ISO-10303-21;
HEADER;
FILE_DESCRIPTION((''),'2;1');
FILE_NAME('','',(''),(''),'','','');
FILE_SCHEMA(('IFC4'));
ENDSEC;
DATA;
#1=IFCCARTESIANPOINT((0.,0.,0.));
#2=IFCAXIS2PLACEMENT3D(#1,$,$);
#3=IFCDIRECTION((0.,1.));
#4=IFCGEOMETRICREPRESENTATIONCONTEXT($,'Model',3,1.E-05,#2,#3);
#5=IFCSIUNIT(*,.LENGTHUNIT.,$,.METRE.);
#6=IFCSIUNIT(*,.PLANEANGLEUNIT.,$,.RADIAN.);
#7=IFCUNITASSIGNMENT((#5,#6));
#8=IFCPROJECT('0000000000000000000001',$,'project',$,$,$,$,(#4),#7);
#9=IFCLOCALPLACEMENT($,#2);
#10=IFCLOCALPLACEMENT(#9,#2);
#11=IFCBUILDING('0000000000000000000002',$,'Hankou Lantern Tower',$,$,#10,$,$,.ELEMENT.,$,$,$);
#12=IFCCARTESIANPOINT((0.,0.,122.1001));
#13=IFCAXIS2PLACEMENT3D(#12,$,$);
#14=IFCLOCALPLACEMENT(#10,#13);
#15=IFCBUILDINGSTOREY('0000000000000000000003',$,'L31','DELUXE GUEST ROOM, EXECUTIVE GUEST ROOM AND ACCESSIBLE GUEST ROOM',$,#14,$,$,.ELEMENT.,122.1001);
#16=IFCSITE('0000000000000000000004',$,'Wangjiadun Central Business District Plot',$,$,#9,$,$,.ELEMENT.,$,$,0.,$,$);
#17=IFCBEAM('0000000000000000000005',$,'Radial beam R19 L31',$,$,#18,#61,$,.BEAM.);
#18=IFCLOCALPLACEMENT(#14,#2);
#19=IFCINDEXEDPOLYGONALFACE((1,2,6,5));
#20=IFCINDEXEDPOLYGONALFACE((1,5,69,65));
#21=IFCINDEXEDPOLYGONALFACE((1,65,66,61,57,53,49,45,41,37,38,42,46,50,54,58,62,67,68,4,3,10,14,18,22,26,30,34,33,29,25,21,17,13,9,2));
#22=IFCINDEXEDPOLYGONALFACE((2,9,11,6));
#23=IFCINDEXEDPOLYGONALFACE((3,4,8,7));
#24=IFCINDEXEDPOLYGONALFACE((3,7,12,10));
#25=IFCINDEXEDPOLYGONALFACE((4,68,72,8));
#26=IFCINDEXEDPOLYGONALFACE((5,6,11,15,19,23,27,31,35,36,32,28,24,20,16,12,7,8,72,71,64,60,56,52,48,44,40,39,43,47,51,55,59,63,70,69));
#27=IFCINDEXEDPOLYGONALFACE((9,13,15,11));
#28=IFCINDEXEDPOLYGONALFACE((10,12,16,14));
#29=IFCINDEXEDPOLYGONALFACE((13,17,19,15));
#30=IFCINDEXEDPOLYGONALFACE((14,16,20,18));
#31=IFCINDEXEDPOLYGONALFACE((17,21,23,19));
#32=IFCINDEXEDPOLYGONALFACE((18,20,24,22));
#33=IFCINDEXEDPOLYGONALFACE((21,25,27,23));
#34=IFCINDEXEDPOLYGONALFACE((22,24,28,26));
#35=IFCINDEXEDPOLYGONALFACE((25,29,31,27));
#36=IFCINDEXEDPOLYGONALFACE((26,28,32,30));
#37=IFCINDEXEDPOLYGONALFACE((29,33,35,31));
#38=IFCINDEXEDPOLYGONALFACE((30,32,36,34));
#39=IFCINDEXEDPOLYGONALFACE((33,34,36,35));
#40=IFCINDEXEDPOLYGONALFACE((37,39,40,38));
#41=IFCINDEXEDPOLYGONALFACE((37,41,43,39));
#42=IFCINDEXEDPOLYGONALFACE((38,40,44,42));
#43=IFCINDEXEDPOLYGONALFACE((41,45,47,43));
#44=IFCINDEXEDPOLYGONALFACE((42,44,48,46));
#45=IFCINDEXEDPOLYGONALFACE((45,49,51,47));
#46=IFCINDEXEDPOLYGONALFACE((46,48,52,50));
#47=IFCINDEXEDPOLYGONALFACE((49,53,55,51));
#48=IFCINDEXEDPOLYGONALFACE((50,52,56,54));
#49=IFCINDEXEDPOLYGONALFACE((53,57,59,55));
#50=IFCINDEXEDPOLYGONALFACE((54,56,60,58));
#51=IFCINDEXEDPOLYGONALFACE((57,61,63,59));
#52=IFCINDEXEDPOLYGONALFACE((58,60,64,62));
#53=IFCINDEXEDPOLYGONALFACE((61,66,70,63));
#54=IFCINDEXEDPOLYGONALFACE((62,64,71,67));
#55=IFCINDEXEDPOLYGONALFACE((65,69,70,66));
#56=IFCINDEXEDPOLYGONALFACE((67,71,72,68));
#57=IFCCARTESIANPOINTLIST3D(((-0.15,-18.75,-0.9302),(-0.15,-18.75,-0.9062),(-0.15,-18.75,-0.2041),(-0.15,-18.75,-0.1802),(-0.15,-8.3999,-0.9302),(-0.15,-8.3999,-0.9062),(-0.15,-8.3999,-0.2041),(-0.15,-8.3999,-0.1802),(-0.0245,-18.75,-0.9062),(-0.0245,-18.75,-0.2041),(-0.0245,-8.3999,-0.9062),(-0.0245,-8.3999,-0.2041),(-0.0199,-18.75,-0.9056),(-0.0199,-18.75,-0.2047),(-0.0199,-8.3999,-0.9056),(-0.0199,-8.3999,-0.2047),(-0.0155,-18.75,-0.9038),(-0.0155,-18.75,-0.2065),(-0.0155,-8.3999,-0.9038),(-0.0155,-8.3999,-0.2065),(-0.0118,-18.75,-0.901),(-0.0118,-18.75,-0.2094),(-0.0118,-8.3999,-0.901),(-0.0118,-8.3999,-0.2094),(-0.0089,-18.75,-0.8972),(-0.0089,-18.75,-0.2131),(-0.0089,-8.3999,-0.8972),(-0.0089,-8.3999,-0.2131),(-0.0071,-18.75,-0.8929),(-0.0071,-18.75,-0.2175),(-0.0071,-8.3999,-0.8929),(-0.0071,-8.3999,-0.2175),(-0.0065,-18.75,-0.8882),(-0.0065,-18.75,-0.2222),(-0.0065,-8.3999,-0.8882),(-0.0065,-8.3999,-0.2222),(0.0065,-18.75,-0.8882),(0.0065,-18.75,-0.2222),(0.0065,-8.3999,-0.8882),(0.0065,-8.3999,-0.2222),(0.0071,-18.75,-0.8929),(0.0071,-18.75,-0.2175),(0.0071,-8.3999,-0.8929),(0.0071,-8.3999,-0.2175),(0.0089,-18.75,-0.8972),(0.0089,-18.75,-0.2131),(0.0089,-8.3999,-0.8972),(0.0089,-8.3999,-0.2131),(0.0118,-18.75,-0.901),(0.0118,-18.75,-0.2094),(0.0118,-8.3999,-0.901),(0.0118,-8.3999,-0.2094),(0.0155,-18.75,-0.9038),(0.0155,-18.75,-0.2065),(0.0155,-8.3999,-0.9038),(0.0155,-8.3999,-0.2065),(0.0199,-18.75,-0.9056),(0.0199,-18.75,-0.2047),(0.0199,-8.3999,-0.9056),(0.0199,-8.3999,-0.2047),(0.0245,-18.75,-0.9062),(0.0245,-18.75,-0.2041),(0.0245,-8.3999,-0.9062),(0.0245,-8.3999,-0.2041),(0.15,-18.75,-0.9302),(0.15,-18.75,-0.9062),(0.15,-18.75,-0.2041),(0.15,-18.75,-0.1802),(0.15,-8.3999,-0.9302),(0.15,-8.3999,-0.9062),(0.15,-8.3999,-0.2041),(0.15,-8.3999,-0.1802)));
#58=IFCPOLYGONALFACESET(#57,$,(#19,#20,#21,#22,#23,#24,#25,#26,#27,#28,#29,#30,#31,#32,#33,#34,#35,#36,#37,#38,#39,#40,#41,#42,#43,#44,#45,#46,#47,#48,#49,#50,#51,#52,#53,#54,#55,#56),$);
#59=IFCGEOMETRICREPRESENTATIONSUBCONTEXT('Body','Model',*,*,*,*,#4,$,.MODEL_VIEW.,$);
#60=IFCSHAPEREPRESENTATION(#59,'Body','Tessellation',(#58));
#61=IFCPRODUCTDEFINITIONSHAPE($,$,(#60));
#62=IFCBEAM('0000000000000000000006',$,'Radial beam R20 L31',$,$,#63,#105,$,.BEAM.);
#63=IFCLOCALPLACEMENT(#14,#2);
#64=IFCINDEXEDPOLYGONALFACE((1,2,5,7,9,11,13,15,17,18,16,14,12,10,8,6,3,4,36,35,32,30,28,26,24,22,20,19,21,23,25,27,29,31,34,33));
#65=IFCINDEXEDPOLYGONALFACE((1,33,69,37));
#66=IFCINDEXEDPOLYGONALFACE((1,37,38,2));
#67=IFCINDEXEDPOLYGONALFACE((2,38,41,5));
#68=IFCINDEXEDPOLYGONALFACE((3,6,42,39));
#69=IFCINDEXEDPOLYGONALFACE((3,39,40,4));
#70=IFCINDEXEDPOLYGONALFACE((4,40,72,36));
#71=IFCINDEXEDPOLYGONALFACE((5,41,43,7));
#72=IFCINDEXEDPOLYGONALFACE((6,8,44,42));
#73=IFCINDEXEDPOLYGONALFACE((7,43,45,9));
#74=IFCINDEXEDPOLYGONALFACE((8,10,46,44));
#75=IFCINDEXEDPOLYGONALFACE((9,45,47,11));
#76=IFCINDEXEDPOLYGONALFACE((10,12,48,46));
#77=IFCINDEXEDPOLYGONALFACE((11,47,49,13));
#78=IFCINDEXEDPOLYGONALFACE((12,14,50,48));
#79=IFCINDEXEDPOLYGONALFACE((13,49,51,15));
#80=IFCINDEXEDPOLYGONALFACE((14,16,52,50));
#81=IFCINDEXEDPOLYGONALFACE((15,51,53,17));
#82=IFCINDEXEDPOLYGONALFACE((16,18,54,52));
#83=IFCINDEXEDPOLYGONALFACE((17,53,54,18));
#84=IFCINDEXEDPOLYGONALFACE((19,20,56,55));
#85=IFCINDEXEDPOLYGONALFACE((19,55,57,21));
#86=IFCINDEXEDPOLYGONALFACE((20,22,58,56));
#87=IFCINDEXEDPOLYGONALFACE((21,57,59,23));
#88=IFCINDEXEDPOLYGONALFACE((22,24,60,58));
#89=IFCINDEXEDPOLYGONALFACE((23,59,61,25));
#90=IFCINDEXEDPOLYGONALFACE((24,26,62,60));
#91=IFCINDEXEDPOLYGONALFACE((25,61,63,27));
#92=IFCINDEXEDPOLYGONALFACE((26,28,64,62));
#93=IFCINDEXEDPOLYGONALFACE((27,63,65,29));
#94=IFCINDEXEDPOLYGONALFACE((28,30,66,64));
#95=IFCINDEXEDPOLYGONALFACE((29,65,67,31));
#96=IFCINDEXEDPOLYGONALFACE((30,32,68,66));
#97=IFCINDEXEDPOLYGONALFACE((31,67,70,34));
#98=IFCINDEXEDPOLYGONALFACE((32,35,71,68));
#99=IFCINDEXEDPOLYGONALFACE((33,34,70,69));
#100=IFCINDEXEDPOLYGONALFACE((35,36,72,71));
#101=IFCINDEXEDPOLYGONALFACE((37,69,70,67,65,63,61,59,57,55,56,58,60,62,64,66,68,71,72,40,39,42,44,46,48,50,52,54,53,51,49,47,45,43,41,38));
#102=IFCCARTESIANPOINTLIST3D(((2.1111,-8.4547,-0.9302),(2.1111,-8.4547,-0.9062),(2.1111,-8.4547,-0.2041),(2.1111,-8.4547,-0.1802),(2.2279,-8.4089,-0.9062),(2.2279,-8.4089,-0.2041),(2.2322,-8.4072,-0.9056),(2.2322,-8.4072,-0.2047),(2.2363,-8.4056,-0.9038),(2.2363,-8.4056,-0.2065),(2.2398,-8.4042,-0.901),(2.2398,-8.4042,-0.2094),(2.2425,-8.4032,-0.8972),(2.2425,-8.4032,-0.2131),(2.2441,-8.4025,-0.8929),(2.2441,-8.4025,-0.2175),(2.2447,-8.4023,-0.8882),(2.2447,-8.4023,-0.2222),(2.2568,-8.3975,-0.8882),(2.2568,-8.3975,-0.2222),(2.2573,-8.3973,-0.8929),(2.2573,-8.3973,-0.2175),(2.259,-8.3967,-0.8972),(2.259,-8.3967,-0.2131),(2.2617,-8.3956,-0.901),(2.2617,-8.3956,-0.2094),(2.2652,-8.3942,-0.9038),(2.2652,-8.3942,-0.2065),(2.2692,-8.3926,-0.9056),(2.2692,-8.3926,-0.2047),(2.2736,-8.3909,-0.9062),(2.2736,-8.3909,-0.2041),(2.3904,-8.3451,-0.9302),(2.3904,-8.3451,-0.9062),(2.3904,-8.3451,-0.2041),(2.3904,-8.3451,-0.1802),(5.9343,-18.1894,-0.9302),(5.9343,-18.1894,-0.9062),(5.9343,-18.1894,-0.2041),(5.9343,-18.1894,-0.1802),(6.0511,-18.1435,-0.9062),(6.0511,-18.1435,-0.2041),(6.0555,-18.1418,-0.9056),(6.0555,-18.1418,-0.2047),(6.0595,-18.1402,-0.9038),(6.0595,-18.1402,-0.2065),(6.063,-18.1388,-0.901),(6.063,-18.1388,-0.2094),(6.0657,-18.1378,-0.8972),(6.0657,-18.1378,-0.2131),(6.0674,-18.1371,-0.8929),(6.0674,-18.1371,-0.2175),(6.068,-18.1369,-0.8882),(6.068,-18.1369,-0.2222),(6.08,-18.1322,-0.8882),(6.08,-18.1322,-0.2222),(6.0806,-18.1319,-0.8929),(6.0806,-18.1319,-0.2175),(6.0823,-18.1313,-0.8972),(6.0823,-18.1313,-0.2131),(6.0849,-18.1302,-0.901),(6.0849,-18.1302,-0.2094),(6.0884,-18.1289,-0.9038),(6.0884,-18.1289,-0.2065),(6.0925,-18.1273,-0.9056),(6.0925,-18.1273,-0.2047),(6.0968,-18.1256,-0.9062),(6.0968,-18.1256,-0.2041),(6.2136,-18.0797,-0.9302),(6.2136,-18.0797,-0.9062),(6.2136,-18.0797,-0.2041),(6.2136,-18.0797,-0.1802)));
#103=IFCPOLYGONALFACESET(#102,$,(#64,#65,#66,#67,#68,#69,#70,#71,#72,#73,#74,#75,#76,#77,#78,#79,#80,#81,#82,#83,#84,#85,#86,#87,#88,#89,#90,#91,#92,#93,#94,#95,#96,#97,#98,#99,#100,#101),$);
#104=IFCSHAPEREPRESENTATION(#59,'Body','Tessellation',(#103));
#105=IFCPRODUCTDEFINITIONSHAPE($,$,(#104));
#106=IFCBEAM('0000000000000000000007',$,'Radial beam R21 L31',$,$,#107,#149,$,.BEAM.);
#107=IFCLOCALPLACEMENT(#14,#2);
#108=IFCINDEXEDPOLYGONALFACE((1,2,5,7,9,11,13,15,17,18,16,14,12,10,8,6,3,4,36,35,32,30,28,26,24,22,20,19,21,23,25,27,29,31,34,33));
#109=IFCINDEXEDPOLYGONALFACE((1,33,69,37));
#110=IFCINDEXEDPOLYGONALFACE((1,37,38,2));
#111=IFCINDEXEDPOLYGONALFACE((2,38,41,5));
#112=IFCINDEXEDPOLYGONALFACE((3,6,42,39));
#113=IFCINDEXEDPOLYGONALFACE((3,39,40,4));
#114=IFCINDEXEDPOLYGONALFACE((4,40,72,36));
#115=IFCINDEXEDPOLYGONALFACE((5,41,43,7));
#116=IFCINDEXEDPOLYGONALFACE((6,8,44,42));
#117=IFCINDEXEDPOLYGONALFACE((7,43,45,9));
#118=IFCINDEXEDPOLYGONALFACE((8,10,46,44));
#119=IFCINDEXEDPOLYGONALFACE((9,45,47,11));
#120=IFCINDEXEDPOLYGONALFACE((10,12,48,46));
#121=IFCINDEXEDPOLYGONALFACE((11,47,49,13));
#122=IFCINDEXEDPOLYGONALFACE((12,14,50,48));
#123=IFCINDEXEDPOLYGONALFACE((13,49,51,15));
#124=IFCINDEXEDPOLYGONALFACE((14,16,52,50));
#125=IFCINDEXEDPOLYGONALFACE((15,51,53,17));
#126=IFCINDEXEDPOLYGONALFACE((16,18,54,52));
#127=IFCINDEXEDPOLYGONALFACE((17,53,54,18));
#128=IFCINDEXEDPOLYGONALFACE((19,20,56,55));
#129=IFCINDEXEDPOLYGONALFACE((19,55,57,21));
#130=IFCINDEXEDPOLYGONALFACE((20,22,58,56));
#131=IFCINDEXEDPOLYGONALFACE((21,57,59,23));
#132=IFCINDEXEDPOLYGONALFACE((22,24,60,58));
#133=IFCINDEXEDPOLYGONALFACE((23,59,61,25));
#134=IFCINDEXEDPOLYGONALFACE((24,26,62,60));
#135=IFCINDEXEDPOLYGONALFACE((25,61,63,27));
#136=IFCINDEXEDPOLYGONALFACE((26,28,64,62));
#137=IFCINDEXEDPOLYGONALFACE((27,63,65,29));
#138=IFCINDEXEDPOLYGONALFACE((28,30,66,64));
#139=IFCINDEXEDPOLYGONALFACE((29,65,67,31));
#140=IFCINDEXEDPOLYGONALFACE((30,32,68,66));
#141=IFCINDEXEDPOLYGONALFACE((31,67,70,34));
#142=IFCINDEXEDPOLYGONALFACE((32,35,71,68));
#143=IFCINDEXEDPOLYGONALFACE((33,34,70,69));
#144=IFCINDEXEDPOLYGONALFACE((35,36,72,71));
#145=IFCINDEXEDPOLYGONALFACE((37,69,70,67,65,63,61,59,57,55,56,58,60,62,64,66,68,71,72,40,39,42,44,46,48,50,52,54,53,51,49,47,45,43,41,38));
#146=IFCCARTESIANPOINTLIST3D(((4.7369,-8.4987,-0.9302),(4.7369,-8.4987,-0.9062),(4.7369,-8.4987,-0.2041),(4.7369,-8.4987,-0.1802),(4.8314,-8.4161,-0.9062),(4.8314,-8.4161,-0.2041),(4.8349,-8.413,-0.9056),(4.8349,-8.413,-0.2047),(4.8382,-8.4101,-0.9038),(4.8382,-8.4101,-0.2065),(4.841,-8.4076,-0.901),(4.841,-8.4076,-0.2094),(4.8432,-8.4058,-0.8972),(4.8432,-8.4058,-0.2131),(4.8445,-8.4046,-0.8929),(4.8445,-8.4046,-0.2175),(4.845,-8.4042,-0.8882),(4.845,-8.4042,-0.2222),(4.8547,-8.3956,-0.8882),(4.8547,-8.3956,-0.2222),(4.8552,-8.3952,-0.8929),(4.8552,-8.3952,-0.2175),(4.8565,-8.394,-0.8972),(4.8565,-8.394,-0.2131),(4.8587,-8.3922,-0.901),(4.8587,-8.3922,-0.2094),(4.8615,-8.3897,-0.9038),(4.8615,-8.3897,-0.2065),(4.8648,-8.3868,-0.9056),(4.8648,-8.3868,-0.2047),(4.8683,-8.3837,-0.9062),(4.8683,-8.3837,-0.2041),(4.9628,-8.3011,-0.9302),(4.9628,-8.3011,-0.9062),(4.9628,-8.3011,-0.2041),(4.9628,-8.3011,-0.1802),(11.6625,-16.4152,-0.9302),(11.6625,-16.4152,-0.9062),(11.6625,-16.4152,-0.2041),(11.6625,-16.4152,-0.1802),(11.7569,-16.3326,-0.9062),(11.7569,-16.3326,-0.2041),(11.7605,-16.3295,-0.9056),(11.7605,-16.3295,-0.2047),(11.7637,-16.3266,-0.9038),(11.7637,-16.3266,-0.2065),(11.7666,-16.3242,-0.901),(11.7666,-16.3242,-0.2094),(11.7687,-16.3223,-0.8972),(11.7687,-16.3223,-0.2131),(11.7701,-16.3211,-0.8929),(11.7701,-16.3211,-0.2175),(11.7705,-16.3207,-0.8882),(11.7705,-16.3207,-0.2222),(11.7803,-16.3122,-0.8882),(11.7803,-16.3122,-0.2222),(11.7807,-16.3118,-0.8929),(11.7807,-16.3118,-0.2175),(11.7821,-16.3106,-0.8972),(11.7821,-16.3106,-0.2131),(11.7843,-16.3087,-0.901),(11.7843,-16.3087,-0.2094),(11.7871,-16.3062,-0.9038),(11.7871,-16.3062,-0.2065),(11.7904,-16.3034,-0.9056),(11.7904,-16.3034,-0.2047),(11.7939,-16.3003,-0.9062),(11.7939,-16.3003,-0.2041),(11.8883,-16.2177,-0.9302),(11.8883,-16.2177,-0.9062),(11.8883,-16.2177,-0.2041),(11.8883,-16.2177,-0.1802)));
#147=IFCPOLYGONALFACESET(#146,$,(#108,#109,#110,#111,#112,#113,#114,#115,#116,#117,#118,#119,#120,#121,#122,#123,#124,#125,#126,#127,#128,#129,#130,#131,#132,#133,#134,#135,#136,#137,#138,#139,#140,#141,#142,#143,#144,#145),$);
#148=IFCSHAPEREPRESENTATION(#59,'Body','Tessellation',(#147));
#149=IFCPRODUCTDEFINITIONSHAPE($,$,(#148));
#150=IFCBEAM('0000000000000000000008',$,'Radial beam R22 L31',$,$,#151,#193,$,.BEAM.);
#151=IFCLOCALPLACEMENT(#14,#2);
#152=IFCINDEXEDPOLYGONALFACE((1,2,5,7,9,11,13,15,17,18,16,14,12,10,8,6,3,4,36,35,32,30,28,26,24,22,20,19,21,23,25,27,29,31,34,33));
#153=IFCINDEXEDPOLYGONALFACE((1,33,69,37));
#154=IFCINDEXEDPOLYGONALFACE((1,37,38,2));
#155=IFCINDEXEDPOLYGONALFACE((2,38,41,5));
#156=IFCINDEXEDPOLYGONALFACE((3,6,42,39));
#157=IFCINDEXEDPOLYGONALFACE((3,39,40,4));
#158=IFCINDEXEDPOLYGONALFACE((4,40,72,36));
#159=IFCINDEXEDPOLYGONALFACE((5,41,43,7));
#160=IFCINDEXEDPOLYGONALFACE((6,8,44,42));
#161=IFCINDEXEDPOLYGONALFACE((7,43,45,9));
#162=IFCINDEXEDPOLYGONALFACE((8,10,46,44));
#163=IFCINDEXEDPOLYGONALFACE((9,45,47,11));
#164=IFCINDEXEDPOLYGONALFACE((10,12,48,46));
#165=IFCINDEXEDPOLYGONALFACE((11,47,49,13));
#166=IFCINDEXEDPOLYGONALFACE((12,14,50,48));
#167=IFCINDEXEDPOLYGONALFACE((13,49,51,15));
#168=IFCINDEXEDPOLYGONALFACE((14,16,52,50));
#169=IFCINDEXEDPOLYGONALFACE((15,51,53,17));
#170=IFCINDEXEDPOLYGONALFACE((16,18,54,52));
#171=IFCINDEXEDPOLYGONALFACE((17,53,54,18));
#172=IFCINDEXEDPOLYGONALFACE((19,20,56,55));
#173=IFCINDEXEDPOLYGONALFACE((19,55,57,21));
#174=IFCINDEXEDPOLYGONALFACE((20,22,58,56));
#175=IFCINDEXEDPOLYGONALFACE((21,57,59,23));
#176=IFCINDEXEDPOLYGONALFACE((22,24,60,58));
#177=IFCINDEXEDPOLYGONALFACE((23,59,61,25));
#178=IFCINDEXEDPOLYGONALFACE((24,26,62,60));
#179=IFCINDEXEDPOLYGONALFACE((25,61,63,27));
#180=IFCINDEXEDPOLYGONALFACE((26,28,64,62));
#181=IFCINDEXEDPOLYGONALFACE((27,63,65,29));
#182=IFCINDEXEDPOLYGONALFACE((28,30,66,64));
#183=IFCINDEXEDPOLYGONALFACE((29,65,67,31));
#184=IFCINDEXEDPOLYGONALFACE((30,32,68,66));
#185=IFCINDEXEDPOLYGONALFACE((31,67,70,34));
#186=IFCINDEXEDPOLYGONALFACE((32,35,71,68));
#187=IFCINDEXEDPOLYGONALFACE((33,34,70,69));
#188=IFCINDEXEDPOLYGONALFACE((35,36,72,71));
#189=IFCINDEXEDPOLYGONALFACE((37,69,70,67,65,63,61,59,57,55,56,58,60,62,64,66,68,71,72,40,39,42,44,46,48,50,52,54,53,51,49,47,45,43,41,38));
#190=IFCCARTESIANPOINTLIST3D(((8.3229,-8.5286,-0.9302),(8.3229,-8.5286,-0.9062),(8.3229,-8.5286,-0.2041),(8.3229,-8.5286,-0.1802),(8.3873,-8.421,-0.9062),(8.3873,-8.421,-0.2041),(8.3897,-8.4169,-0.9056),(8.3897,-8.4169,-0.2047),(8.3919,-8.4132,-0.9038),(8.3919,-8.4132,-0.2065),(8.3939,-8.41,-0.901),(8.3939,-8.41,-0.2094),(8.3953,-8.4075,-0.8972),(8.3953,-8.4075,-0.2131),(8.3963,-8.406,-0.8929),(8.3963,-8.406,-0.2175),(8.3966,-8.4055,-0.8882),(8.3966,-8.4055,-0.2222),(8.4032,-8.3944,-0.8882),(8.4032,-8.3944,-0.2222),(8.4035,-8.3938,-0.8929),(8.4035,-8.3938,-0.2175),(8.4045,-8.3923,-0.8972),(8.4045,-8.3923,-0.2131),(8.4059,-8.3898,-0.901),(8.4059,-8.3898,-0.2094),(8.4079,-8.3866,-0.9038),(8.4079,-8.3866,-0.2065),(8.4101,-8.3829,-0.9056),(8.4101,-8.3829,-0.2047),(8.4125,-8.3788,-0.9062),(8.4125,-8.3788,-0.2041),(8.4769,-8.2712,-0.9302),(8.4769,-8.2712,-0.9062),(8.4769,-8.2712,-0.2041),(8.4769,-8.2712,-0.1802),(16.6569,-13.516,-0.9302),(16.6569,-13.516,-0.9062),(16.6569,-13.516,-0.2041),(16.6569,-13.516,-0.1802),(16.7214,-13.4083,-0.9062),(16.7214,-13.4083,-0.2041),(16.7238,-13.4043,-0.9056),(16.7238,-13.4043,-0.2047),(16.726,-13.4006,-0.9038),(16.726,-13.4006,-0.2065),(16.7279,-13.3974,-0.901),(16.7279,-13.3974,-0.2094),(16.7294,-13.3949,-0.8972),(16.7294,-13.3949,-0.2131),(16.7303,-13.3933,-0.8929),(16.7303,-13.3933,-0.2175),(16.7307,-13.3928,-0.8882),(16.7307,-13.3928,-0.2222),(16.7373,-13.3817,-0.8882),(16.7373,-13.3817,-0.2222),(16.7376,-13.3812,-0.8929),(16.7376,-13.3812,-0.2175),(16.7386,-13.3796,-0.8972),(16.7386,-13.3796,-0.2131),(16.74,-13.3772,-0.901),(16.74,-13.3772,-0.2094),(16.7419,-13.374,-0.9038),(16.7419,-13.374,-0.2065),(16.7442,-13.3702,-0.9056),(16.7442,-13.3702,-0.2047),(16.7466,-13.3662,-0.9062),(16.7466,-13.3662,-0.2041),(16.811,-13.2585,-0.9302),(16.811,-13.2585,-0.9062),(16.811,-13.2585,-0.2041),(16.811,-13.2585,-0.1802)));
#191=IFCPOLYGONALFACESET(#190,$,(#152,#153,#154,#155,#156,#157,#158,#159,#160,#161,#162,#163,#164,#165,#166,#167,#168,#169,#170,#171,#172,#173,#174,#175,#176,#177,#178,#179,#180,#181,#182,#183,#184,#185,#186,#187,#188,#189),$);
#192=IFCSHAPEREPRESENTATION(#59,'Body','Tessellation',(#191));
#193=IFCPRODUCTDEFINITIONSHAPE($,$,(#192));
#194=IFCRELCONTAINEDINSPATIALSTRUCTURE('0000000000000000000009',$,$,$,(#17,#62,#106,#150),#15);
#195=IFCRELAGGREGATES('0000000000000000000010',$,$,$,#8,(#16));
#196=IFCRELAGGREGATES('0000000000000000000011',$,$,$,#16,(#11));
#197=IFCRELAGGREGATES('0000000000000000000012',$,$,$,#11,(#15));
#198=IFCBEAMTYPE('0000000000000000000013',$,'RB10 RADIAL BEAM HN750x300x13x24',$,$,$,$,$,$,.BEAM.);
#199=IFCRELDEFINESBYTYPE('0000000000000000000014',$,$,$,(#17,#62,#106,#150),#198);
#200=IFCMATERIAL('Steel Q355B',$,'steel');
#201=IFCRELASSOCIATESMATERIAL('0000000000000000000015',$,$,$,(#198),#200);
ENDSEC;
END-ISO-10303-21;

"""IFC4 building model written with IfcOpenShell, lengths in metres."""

from ifc_helpers import new_model, si_unit, direction, frame, origin, origin_2d, place, context, subcontext, project, spatial, i_section, extrude, material, material_profile, profile_set, type_object, element, save


model = new_model("IFC4")

# Units and contexts
model_context = context("Model", 3, precision=1e-05, world=origin(), true_north=direction((0.0, 1.0)))
body_context = subcontext(model_context, "Body", "Model", "MODEL_VIEW")
ifc_project = project(units=[si_unit("LENGTHUNIT", "METRE"), si_unit("PLANEANGLEUNIT", "RADIAN")], contexts=[model_context])

# Site, building, storey
site_placement = place(None, origin())
site = spatial("IfcSite", under=ifc_project, at=site_placement, Name="Wangjiadun Central Business District Plot", CompositionType="ELEMENT", RefElevation=0.0)
building_placement = place(site_placement, origin())
building = spatial("IfcBuilding", under=site, at=building_placement, Name="Hankou Lantern Tower", CompositionType="ELEMENT")
storey_placement = place(building_placement, frame((0.0, 0.0, 122.1001)))
storey = spatial("IfcBuildingStorey", under=building, at=storey_placement, Name="L31", Description="DELUXE GUEST ROOM, EXECUTIVE GUEST ROOM AND ACCESSIBLE GUEST ROOM", CompositionType="ELEMENT", Elevation=122.1001)

# Beams
ifc_material_1 = material(Name="Steel Q355B", Category="steel")
ifc_material_profile = material_profile(ifc_material_1, i_section(OverallWidth=0.3, OverallDepth=0.75, WebThickness=0.0129, FlangeThickness=0.0239, FilletRadius=0.0181, at=origin_2d()), Name="HN750x300x13x24")
ifc_profile_set = profile_set([ifc_material_profile], Name="Steel Q355B")
beam_type = type_object("IfcBeamType", Name="RB10 RADIAL BEAM HN750x300x13x24", PredefinedType="BEAM", material=ifc_profile_set)
beam_1_placement = place(storey_placement, frame((0.0, -8.3999, -0.5552), z_axis=(0.0, -1.0, 0.0), x_axis=(1.0, 0.0, 0.0)))
element("IfcBeam", 1, at=beam_1_placement, inside=storey, type_object=beam_type, Name="Radial beam R19 L31", PredefinedType="BEAM", context=body_context, shape_type="SweptSolid", body=[
    extrude(i_section(OverallWidth=0.3, OverallDepth=0.75, WebThickness=0.0129, FlangeThickness=0.0239, FilletRadius=0.0181, at=origin_2d()), origin(), (0.0, 0.0, 1.0), 10.3501),
])
beam_2_placement = place(storey_placement, frame((2.2507, -8.3999, -0.5552), z_axis=(0.365564, -0.930786, 0.0), x_axis=(0.930786, 0.365564, 0.0)))
element("IfcBeam", 2, at=beam_2_placement, inside=storey, type_object=beam_type, Name="Radial beam R20 L31", PredefinedType="BEAM", context=body_context, shape_type="SweptSolid", body=[
    extrude(i_section(OverallWidth=0.3, OverallDepth=0.75, WebThickness=0.0129, FlangeThickness=0.0239, FilletRadius=0.0181, at=origin_2d()), origin(), (0.0, 0.0, 1.0), 10.4585),
])
beam_3_placement = place(storey_placement, frame((4.8499, -8.3999, -0.5552), z_axis=(0.658429, -0.752643, 0.0), x_axis=(0.752643, 0.658429, 0.0)))
element("IfcBeam", 3, at=beam_3_placement, inside=storey, type_object=beam_type, Name="Radial beam R21 L31", PredefinedType="BEAM", context=body_context, shape_type="SweptSolid", body=[
    extrude(i_section(OverallWidth=0.3, OverallDepth=0.75, WebThickness=0.0129, FlangeThickness=0.0239, FilletRadius=0.0181, at=origin_2d()), origin(), (0.0, 0.0, 1.0), 10.5183),
])
beam_4_placement = place(storey_placement, frame((8.3999, -8.3999, -0.5552), z_axis=(0.858087, -0.513505, 0.0), x_axis=(0.513505, 0.858087, 0.0)))
element("IfcBeam", 4, at=beam_4_placement, inside=storey, type_object=beam_type, Name="Radial beam R22 L31", PredefinedType="BEAM", context=body_context, shape_type="SweptSolid", body=[
    extrude(i_section(OverallWidth=0.3, OverallDepth=0.75, WebThickness=0.0129, FlangeThickness=0.0239, FilletRadius=0.0181, at=origin_2d()), origin(), (0.0, 0.0, 1.0), 9.7124),
])

save(model, "model.ifc")
